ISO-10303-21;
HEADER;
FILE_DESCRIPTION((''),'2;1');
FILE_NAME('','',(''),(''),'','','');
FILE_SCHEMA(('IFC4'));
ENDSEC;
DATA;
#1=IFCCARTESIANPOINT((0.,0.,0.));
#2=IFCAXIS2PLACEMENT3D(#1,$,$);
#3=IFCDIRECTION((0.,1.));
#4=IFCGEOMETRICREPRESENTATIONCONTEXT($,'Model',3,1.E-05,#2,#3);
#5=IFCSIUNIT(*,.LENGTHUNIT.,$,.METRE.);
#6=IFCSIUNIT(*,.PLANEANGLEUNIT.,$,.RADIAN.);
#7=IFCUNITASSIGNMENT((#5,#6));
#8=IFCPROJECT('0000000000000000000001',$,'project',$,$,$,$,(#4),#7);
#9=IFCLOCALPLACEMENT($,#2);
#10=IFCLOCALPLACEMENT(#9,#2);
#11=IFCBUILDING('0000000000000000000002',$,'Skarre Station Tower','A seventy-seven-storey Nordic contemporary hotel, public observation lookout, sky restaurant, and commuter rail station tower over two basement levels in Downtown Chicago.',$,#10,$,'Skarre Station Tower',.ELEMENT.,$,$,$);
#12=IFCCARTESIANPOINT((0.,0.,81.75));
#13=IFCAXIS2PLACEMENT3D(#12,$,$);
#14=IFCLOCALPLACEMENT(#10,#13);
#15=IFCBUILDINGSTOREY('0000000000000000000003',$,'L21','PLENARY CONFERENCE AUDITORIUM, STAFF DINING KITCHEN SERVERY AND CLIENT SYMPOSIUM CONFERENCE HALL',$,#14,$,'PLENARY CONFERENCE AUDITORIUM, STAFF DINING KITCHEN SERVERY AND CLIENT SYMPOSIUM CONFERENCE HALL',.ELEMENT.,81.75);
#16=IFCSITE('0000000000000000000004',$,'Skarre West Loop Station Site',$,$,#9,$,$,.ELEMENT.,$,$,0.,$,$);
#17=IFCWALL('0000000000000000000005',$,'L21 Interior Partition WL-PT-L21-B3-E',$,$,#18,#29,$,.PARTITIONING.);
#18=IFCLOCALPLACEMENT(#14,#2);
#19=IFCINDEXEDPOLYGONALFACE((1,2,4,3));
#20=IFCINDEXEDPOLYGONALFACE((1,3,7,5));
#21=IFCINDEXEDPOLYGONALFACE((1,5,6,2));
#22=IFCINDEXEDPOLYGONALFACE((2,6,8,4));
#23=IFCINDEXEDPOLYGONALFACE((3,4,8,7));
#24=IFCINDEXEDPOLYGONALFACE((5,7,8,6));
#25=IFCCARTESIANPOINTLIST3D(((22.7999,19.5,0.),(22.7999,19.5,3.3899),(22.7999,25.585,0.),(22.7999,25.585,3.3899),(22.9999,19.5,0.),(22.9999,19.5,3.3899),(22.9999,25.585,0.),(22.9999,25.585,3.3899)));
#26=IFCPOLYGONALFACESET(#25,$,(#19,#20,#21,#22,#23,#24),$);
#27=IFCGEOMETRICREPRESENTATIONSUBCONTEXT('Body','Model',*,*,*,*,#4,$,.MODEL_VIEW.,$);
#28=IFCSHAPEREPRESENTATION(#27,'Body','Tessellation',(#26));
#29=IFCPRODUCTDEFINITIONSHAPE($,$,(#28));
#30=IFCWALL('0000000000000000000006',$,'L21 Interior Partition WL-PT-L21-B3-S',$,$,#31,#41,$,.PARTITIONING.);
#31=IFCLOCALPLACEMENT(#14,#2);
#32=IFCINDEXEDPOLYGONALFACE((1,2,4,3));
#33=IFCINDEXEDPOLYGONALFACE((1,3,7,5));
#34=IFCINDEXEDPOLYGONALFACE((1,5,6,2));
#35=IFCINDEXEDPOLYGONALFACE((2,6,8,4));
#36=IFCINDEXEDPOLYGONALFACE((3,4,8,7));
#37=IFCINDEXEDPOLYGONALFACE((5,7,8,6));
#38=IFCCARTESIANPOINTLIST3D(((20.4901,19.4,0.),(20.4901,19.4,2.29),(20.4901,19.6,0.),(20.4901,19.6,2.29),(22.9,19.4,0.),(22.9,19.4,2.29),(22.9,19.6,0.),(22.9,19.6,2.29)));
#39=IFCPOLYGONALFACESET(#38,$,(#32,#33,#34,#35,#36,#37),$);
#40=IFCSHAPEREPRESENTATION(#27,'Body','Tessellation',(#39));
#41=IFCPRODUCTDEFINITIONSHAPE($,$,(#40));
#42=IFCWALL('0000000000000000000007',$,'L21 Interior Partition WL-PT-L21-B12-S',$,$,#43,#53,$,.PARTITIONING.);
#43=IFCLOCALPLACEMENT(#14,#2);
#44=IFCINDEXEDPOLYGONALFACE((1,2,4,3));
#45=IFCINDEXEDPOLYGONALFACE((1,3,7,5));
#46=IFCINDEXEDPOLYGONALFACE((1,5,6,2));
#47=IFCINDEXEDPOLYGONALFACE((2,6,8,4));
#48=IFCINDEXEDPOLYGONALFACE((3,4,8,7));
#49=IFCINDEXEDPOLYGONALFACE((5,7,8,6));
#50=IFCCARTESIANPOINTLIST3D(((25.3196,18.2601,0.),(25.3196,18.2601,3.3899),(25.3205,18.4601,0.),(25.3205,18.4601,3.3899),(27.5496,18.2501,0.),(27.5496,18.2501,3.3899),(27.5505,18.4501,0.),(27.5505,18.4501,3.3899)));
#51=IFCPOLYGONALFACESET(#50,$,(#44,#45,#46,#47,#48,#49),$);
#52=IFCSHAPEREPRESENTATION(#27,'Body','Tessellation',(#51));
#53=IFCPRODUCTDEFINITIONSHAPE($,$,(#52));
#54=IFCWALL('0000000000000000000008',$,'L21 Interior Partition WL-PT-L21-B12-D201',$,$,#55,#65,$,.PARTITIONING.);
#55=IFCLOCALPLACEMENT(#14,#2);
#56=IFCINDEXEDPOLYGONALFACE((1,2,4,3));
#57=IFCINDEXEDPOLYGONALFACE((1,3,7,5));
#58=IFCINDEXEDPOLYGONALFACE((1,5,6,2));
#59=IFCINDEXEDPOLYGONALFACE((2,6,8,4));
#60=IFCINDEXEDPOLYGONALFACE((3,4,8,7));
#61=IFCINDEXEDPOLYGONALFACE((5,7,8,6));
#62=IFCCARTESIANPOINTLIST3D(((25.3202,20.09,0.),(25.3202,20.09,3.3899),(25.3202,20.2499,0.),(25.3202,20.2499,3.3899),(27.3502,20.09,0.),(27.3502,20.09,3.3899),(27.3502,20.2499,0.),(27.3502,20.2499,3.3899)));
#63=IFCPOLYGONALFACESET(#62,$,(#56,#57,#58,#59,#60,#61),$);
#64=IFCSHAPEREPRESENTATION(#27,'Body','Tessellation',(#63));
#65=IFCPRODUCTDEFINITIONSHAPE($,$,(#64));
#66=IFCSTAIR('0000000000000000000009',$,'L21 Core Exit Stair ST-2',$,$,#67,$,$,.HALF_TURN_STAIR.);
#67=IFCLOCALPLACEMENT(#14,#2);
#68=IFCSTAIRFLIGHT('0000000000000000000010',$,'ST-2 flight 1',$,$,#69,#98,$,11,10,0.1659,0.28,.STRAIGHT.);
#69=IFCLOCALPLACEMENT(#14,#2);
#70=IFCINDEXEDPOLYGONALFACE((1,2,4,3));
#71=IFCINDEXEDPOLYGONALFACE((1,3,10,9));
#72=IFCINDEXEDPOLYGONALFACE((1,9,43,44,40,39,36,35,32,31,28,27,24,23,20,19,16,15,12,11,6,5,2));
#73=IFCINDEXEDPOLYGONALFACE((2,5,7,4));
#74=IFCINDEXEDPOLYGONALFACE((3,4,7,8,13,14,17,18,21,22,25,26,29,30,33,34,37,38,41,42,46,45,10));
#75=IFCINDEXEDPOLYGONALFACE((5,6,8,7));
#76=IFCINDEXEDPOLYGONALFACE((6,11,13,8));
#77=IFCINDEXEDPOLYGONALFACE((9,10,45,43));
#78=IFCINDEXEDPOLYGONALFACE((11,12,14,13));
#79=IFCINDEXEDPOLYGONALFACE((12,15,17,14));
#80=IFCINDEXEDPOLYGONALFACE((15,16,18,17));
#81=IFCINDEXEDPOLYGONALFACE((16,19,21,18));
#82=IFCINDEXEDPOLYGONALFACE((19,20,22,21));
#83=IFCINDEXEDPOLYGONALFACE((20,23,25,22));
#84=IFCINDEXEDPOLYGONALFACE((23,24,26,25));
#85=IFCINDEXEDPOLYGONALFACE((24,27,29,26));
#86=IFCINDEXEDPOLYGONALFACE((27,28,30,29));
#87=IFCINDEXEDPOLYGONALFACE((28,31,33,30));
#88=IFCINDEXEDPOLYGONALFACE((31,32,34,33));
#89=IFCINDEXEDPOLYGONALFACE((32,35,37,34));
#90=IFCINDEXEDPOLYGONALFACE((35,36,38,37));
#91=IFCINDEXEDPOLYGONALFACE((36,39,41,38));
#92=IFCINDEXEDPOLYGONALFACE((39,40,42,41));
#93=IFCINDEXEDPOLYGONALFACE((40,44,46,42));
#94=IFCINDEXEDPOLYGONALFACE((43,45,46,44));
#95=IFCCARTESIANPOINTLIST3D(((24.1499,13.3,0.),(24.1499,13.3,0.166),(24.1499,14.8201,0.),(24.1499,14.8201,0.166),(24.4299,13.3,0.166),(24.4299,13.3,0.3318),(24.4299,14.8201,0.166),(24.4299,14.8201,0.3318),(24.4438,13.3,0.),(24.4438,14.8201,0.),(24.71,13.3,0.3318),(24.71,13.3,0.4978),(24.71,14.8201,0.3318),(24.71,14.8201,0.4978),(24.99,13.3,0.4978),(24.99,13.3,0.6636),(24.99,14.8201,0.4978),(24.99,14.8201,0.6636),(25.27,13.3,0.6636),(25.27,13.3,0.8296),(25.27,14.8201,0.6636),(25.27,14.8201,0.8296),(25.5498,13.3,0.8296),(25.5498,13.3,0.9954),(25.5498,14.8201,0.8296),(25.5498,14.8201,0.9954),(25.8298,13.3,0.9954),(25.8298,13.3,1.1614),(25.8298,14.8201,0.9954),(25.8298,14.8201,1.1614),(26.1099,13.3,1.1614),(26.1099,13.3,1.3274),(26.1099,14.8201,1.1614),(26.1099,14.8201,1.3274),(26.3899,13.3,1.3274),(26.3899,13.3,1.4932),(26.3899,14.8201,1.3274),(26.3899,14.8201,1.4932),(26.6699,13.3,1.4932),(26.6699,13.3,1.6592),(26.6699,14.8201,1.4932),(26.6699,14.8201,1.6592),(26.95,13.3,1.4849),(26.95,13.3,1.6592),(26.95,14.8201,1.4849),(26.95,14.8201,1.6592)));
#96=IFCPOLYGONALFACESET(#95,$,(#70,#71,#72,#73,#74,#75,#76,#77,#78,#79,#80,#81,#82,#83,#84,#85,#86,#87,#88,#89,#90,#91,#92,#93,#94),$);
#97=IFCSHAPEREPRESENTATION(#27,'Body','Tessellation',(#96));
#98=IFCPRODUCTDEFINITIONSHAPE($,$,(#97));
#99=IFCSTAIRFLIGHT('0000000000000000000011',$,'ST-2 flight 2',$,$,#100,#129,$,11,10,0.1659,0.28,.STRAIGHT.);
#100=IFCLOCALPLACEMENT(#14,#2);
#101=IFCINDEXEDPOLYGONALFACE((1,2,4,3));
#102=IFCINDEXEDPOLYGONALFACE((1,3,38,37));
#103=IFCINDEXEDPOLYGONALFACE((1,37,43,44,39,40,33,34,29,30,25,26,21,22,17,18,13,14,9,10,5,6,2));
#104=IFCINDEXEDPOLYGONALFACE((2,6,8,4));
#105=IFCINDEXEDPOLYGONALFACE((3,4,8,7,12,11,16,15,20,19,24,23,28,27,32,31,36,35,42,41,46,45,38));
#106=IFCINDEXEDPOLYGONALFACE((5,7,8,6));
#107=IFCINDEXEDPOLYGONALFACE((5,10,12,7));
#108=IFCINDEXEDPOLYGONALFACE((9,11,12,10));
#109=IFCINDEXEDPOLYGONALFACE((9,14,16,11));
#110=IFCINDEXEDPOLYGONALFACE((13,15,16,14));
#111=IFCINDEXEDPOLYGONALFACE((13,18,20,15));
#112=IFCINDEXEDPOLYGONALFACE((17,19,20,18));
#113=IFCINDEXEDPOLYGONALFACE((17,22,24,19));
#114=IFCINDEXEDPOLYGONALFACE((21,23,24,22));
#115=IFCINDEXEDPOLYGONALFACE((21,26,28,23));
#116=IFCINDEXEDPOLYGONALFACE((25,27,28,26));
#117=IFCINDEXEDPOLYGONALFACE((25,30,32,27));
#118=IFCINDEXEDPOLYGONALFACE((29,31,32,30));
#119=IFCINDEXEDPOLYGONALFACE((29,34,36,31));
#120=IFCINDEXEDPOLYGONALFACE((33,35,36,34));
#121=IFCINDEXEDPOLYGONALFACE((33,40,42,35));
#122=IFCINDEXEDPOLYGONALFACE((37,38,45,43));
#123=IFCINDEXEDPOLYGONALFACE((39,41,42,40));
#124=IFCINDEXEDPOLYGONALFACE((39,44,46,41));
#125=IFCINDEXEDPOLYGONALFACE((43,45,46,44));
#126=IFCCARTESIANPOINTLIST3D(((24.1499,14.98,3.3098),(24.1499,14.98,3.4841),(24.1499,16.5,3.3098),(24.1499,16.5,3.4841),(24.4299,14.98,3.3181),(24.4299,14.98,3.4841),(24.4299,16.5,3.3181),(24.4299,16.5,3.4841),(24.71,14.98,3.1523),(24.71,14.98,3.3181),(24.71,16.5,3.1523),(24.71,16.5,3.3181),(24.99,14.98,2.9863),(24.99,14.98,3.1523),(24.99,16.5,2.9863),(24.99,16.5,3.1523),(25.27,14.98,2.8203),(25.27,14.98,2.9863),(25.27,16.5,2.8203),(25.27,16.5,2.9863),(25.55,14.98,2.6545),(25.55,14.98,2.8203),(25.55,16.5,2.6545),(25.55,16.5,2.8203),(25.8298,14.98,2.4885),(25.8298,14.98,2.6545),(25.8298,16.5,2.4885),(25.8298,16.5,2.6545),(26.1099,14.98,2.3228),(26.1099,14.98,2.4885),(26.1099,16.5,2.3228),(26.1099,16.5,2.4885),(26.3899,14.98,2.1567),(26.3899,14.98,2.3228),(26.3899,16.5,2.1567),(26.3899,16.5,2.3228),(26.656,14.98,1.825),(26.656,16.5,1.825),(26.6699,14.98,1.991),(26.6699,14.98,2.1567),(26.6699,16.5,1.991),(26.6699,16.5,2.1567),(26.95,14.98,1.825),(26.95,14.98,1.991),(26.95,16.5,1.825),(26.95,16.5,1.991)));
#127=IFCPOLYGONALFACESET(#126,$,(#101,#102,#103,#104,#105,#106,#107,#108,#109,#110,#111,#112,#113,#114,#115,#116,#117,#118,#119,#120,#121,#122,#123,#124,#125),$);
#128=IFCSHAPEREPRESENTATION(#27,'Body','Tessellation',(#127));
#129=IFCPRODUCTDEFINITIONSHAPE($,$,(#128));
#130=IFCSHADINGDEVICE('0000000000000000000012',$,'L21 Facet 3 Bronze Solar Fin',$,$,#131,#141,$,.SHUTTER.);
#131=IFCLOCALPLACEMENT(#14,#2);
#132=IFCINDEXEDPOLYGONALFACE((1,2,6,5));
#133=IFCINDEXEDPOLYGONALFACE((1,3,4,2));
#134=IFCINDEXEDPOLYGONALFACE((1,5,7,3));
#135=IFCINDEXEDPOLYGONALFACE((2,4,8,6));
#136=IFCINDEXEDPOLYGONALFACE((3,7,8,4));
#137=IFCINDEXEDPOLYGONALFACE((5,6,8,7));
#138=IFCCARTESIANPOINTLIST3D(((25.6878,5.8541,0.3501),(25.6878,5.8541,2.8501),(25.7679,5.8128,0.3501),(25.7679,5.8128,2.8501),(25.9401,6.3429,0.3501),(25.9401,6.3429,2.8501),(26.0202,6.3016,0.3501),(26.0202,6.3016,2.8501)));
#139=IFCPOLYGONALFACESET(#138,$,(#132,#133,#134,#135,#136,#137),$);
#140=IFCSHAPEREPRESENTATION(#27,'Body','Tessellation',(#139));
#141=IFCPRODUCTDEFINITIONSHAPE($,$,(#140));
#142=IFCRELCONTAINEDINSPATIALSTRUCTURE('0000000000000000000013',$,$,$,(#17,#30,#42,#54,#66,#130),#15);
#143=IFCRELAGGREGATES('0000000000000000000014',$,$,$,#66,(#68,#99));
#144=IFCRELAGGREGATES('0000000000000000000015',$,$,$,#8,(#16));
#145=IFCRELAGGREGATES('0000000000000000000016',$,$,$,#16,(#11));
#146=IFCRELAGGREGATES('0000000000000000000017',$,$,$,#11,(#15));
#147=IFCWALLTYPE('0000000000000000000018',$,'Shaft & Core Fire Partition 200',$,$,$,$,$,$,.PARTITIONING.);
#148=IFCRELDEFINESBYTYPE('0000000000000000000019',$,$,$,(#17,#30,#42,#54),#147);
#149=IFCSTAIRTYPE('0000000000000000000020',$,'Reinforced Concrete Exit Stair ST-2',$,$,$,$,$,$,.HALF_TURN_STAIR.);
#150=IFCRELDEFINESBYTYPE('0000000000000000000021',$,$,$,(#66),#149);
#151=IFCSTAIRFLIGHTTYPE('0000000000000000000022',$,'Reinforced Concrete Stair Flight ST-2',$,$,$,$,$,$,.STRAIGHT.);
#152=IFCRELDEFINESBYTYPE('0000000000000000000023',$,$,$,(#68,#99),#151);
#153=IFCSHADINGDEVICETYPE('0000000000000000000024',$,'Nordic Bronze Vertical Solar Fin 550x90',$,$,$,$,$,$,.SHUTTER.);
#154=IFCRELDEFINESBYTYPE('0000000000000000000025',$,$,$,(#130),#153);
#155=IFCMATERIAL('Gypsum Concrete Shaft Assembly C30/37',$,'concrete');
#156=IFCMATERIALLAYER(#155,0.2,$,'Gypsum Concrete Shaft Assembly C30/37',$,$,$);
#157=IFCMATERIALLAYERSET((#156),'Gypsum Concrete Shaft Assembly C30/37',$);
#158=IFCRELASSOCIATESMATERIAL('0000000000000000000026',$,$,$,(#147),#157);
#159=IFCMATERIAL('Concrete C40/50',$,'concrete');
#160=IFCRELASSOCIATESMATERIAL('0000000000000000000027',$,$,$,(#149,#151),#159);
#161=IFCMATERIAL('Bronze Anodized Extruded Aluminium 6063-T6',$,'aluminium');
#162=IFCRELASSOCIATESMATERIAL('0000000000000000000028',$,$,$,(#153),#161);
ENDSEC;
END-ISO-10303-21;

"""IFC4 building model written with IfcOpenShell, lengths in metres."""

from ifc_helpers import new_model, si_unit, direction, frame, frame_2d, origin, origin_2d, place, context, subcontext, project, spatial, polyline, rectangle, outline, extrude, material, layer, layer_set, type_object, element, aggregate, save


model = new_model("IFC4")

# Units and contexts
model_context = context("Model", 3, precision=1e-05, world=origin(), true_north=direction((0.0, 1.0)))
body_context = subcontext(model_context, "Body", "Model", "MODEL_VIEW")
ifc_project = project(units=[si_unit("LENGTHUNIT", "METRE"), si_unit("PLANEANGLEUNIT", "RADIAN")], contexts=[model_context])

# Site, building, storey
site_placement = place(None, origin())
site = spatial("IfcSite", under=ifc_project, at=site_placement, Name="Skarre West Loop Station Site", CompositionType="ELEMENT", RefElevation=0.0)
building_placement = place(site_placement, origin())
building = spatial("IfcBuilding", under=site, at=building_placement, Name="Skarre Station Tower", Description="A seventy-seven-storey Nordic contemporary hotel, public observation lookout, sky restaurant, and commuter rail station tower over two basement levels in Downtown Chicago.", LongName="Skarre Station Tower", CompositionType="ELEMENT")
storey_placement = place(building_placement, frame((0.0, 0.0, 81.75)))
storey = spatial("IfcBuildingStorey", under=building, at=storey_placement, Name="L21", Description="PLENARY CONFERENCE AUDITORIUM, STAFF DINING KITCHEN SERVERY AND CLIENT SYMPOSIUM CONFERENCE HALL", LongName="PLENARY CONFERENCE AUDITORIUM, STAFF DINING KITCHEN SERVERY AND CLIENT SYMPOSIUM CONFERENCE HALL", CompositionType="ELEMENT", Elevation=81.75)

# Walls
ifc_material_1 = material(Name="Gypsum Concrete Shaft Assembly C30/37", Category="concrete")
ifc_layer_1 = layer(ifc_material_1, 0.2, Name="Gypsum Concrete Shaft Assembly C30/37")
ifc_layer_set_1 = layer_set([ifc_layer_1], Name="Gypsum Concrete Shaft Assembly C30/37")
wall_type_1 = type_object("IfcWallType", Name="Shaft & Core Fire Partition 200", PredefinedType="PARTITIONING", material=ifc_layer_set_1)
wall_1_placement = place(storey_placement, frame((22.8999, 19.5, 0.0), z_axis=(0.0, 0.0, 1.0), x_axis=(0.0, 1.0, 0.0)))
element("IfcWall", 1, at=wall_1_placement, inside=storey, type_object=wall_type_1, Name="L21 Interior Partition WL-PT-L21-B3-E", PredefinedType="PARTITIONING", context=body_context, shape_type="SweptSolid", body=[
    extrude(rectangle(XDim=6.085, YDim=0.2, at=frame_2d((3.0425, 0.0))), origin(), (0.0, 0.0, 1.0), 3.3899),
])
wall_2_placement = place(storey_placement, frame((20.49, 19.5, 0.0), z_axis=(0.0, 0.0, 1.0), x_axis=(1.0, 0.0, 0.0)))
element("IfcWall", 2, at=wall_2_placement, inside=storey, type_object=wall_type_1, Name="L21 Interior Partition WL-PT-L21-B3-S", PredefinedType="PARTITIONING", context=body_context, shape_type="SweptSolid", body=[
    extrude(rectangle(XDim=2.4099, YDim=0.2, at=frame_2d((1.2051, 0.0))), origin(), (0.0, 0.0, 1.0), 2.29),
])
wall_3_placement = place(storey_placement, frame((25.3201, 18.3601, 0.0), z_axis=(0.0, 0.0, 1.0), x_axis=(0.99999, -0.004489, 0.0)))
element("IfcWall", 3, at=wall_3_placement, inside=storey, type_object=wall_type_1, Name="L21 Interior Partition WL-PT-L21-B12-S", PredefinedType="PARTITIONING", context=body_context, shape_type="SweptSolid", body=[
    extrude(rectangle(XDim=2.23, YDim=0.2, at=frame_2d((1.115, 0.0))), origin(), (0.0, 0.0, 1.0), 3.3899),
])
wall_4_placement = place(storey_placement, frame((25.3201, 20.1699, 0.0), z_axis=(0.0, 0.0, 1.0), x_axis=(1.0, 0.0, 0.0)))
element("IfcWall", 4, at=wall_4_placement, inside=storey, type_object=wall_type_1, Name="L21 Interior Partition WL-PT-L21-B12-D201", PredefinedType="PARTITIONING", context=body_context, shape_type="SweptSolid", body=[
    extrude(rectangle(XDim=2.03, YDim=0.1599, at=frame_2d((1.0151, 0.0))), origin(), (0.0, 0.0, 1.0), 3.3899),
])

# Stair, stair flights
ifc_material_2 = material(Name="Concrete C40/50", Category="concrete")
stair_type = type_object("IfcStairType", Name="Reinforced Concrete Exit Stair ST-2", PredefinedType="HALF_TURN_STAIR", material=ifc_material_2)
stair_placement = place(storey_placement, origin())
stair = element("IfcStair", 5, at=stair_placement, inside=storey, type_object=stair_type, Name="L21 Core Exit Stair ST-2", PredefinedType="HALF_TURN_STAIR")
stair_flight_type = type_object("IfcStairFlightType", Name="Reinforced Concrete Stair Flight ST-2", PredefinedType="STRAIGHT", material=ifc_material_2)
stair_flight_1_placement = place(storey_placement, frame((24.1499, 14.0601, 0.0), z_axis=(0.0, 0.0, 1.0), x_axis=(1.0, 0.0, 0.0)))
stair_flight_1 = element("IfcStairFlight", 6, at=stair_flight_1_placement, type_object=stair_flight_type, Name="ST-2 flight 1", NumberOfRisers=11, NumberOfTreads=10, PredefinedType="STRAIGHT", RiserHeight=0.1659, TreadLength=0.28, context=body_context, shape_type="SweptSolid", body=[
    extrude(outline(polyline([(0.0, 0.0), (0.0, 0.166), (0.28, 0.166), (0.28, 0.3318), (0.5601, 0.3318), (0.5601, 0.4978), (0.8401, 0.4978), (0.8401, 0.6636), (1.1201, 0.6636), (1.1201, 0.8296), (1.3999, 0.8296), (1.3999, 0.9954), (1.6799, 0.9954), (1.6799, 1.1614), (1.96, 1.1614), (1.96, 1.3274), (2.24, 1.3274), (2.24, 1.4932), (2.52, 1.4932), (2.52, 1.6592), (2.8, 1.6592), (2.8, 1.825), (2.8, 1.4849), (0.2939, 0.0), (0.0, 0.0)])), frame((0.0, 0.76, 0.0), z_axis=(0.0, -1.0, 0.0), x_axis=(1.0, 0.0, 0.0)), (0.0, 0.0, 1.0), 1.52),
])
stair_flight_2_placement = place(storey_placement, frame((26.95, 15.74, 1.825), z_axis=(0.0, 0.0, 1.0), x_axis=(-1.0, 0.0, 0.0)))
stair_flight_2 = element("IfcStairFlight", 7, at=stair_flight_2_placement, type_object=stair_flight_type, Name="ST-2 flight 2", NumberOfRisers=11, NumberOfTreads=10, PredefinedType="STRAIGHT", RiserHeight=0.1659, TreadLength=0.28, context=body_context, shape_type="SweptSolid", body=[
    extrude(outline(polyline([(0.0, 0.0), (0.0, 0.166), (0.28, 0.166), (0.28, 0.3318), (0.5601, 0.3318), (0.5601, 0.4978), (0.8401, 0.4978), (0.8401, 0.6636), (1.1201, 0.6636), (1.1201, 0.8296), (1.3999, 0.8296), (1.3999, 0.9954), (1.6799, 0.9954), (1.6799, 1.1614), (1.96, 1.1614), (1.96, 1.3274), (2.24, 1.3274), (2.24, 1.4932), (2.52, 1.4932), (2.52, 1.6592), (2.8, 1.6592), (2.8, 1.825), (2.8, 1.4849), (0.2939, 0.0), (0.0, 0.0)])), frame((0.0, 0.76, 0.0), z_axis=(0.0, -1.0, 0.0), x_axis=(1.0, 0.0, 0.0)), (0.0, 0.0, 1.0), 1.52),
])
aggregate(stair, [stair_flight_1, stair_flight_2])

# Shading device
ifc_material_3 = material(Name="Bronze Anodized Extruded Aluminium 6063-T6", Category="aluminium")
shading_device_type = type_object("IfcShadingDeviceType", Name="Nordic Bronze Vertical Solar Fin 550x90", PredefinedType="SHUTTER", material=ifc_material_3)
shading_device_placement = place(storey_placement, frame((25.854, 6.0779, 0.3501), z_axis=(0.0, 0.0, 1.0), x_axis=(-0.458619, -0.888633, 0.0)))
element("IfcShadingDevice", 8, at=shading_device_placement, inside=storey, type_object=shading_device_type, Name="L21 Facet 3 Bronze Solar Fin", PredefinedType="SHUTTER", context=body_context, shape_type="SweptSolid", body=[
    extrude(rectangle(XDim=0.55, YDim=0.0901, at=origin_2d()), origin(), (0.0, 0.0, 1.0), 2.5),
])

save(model, "model.ifc")
